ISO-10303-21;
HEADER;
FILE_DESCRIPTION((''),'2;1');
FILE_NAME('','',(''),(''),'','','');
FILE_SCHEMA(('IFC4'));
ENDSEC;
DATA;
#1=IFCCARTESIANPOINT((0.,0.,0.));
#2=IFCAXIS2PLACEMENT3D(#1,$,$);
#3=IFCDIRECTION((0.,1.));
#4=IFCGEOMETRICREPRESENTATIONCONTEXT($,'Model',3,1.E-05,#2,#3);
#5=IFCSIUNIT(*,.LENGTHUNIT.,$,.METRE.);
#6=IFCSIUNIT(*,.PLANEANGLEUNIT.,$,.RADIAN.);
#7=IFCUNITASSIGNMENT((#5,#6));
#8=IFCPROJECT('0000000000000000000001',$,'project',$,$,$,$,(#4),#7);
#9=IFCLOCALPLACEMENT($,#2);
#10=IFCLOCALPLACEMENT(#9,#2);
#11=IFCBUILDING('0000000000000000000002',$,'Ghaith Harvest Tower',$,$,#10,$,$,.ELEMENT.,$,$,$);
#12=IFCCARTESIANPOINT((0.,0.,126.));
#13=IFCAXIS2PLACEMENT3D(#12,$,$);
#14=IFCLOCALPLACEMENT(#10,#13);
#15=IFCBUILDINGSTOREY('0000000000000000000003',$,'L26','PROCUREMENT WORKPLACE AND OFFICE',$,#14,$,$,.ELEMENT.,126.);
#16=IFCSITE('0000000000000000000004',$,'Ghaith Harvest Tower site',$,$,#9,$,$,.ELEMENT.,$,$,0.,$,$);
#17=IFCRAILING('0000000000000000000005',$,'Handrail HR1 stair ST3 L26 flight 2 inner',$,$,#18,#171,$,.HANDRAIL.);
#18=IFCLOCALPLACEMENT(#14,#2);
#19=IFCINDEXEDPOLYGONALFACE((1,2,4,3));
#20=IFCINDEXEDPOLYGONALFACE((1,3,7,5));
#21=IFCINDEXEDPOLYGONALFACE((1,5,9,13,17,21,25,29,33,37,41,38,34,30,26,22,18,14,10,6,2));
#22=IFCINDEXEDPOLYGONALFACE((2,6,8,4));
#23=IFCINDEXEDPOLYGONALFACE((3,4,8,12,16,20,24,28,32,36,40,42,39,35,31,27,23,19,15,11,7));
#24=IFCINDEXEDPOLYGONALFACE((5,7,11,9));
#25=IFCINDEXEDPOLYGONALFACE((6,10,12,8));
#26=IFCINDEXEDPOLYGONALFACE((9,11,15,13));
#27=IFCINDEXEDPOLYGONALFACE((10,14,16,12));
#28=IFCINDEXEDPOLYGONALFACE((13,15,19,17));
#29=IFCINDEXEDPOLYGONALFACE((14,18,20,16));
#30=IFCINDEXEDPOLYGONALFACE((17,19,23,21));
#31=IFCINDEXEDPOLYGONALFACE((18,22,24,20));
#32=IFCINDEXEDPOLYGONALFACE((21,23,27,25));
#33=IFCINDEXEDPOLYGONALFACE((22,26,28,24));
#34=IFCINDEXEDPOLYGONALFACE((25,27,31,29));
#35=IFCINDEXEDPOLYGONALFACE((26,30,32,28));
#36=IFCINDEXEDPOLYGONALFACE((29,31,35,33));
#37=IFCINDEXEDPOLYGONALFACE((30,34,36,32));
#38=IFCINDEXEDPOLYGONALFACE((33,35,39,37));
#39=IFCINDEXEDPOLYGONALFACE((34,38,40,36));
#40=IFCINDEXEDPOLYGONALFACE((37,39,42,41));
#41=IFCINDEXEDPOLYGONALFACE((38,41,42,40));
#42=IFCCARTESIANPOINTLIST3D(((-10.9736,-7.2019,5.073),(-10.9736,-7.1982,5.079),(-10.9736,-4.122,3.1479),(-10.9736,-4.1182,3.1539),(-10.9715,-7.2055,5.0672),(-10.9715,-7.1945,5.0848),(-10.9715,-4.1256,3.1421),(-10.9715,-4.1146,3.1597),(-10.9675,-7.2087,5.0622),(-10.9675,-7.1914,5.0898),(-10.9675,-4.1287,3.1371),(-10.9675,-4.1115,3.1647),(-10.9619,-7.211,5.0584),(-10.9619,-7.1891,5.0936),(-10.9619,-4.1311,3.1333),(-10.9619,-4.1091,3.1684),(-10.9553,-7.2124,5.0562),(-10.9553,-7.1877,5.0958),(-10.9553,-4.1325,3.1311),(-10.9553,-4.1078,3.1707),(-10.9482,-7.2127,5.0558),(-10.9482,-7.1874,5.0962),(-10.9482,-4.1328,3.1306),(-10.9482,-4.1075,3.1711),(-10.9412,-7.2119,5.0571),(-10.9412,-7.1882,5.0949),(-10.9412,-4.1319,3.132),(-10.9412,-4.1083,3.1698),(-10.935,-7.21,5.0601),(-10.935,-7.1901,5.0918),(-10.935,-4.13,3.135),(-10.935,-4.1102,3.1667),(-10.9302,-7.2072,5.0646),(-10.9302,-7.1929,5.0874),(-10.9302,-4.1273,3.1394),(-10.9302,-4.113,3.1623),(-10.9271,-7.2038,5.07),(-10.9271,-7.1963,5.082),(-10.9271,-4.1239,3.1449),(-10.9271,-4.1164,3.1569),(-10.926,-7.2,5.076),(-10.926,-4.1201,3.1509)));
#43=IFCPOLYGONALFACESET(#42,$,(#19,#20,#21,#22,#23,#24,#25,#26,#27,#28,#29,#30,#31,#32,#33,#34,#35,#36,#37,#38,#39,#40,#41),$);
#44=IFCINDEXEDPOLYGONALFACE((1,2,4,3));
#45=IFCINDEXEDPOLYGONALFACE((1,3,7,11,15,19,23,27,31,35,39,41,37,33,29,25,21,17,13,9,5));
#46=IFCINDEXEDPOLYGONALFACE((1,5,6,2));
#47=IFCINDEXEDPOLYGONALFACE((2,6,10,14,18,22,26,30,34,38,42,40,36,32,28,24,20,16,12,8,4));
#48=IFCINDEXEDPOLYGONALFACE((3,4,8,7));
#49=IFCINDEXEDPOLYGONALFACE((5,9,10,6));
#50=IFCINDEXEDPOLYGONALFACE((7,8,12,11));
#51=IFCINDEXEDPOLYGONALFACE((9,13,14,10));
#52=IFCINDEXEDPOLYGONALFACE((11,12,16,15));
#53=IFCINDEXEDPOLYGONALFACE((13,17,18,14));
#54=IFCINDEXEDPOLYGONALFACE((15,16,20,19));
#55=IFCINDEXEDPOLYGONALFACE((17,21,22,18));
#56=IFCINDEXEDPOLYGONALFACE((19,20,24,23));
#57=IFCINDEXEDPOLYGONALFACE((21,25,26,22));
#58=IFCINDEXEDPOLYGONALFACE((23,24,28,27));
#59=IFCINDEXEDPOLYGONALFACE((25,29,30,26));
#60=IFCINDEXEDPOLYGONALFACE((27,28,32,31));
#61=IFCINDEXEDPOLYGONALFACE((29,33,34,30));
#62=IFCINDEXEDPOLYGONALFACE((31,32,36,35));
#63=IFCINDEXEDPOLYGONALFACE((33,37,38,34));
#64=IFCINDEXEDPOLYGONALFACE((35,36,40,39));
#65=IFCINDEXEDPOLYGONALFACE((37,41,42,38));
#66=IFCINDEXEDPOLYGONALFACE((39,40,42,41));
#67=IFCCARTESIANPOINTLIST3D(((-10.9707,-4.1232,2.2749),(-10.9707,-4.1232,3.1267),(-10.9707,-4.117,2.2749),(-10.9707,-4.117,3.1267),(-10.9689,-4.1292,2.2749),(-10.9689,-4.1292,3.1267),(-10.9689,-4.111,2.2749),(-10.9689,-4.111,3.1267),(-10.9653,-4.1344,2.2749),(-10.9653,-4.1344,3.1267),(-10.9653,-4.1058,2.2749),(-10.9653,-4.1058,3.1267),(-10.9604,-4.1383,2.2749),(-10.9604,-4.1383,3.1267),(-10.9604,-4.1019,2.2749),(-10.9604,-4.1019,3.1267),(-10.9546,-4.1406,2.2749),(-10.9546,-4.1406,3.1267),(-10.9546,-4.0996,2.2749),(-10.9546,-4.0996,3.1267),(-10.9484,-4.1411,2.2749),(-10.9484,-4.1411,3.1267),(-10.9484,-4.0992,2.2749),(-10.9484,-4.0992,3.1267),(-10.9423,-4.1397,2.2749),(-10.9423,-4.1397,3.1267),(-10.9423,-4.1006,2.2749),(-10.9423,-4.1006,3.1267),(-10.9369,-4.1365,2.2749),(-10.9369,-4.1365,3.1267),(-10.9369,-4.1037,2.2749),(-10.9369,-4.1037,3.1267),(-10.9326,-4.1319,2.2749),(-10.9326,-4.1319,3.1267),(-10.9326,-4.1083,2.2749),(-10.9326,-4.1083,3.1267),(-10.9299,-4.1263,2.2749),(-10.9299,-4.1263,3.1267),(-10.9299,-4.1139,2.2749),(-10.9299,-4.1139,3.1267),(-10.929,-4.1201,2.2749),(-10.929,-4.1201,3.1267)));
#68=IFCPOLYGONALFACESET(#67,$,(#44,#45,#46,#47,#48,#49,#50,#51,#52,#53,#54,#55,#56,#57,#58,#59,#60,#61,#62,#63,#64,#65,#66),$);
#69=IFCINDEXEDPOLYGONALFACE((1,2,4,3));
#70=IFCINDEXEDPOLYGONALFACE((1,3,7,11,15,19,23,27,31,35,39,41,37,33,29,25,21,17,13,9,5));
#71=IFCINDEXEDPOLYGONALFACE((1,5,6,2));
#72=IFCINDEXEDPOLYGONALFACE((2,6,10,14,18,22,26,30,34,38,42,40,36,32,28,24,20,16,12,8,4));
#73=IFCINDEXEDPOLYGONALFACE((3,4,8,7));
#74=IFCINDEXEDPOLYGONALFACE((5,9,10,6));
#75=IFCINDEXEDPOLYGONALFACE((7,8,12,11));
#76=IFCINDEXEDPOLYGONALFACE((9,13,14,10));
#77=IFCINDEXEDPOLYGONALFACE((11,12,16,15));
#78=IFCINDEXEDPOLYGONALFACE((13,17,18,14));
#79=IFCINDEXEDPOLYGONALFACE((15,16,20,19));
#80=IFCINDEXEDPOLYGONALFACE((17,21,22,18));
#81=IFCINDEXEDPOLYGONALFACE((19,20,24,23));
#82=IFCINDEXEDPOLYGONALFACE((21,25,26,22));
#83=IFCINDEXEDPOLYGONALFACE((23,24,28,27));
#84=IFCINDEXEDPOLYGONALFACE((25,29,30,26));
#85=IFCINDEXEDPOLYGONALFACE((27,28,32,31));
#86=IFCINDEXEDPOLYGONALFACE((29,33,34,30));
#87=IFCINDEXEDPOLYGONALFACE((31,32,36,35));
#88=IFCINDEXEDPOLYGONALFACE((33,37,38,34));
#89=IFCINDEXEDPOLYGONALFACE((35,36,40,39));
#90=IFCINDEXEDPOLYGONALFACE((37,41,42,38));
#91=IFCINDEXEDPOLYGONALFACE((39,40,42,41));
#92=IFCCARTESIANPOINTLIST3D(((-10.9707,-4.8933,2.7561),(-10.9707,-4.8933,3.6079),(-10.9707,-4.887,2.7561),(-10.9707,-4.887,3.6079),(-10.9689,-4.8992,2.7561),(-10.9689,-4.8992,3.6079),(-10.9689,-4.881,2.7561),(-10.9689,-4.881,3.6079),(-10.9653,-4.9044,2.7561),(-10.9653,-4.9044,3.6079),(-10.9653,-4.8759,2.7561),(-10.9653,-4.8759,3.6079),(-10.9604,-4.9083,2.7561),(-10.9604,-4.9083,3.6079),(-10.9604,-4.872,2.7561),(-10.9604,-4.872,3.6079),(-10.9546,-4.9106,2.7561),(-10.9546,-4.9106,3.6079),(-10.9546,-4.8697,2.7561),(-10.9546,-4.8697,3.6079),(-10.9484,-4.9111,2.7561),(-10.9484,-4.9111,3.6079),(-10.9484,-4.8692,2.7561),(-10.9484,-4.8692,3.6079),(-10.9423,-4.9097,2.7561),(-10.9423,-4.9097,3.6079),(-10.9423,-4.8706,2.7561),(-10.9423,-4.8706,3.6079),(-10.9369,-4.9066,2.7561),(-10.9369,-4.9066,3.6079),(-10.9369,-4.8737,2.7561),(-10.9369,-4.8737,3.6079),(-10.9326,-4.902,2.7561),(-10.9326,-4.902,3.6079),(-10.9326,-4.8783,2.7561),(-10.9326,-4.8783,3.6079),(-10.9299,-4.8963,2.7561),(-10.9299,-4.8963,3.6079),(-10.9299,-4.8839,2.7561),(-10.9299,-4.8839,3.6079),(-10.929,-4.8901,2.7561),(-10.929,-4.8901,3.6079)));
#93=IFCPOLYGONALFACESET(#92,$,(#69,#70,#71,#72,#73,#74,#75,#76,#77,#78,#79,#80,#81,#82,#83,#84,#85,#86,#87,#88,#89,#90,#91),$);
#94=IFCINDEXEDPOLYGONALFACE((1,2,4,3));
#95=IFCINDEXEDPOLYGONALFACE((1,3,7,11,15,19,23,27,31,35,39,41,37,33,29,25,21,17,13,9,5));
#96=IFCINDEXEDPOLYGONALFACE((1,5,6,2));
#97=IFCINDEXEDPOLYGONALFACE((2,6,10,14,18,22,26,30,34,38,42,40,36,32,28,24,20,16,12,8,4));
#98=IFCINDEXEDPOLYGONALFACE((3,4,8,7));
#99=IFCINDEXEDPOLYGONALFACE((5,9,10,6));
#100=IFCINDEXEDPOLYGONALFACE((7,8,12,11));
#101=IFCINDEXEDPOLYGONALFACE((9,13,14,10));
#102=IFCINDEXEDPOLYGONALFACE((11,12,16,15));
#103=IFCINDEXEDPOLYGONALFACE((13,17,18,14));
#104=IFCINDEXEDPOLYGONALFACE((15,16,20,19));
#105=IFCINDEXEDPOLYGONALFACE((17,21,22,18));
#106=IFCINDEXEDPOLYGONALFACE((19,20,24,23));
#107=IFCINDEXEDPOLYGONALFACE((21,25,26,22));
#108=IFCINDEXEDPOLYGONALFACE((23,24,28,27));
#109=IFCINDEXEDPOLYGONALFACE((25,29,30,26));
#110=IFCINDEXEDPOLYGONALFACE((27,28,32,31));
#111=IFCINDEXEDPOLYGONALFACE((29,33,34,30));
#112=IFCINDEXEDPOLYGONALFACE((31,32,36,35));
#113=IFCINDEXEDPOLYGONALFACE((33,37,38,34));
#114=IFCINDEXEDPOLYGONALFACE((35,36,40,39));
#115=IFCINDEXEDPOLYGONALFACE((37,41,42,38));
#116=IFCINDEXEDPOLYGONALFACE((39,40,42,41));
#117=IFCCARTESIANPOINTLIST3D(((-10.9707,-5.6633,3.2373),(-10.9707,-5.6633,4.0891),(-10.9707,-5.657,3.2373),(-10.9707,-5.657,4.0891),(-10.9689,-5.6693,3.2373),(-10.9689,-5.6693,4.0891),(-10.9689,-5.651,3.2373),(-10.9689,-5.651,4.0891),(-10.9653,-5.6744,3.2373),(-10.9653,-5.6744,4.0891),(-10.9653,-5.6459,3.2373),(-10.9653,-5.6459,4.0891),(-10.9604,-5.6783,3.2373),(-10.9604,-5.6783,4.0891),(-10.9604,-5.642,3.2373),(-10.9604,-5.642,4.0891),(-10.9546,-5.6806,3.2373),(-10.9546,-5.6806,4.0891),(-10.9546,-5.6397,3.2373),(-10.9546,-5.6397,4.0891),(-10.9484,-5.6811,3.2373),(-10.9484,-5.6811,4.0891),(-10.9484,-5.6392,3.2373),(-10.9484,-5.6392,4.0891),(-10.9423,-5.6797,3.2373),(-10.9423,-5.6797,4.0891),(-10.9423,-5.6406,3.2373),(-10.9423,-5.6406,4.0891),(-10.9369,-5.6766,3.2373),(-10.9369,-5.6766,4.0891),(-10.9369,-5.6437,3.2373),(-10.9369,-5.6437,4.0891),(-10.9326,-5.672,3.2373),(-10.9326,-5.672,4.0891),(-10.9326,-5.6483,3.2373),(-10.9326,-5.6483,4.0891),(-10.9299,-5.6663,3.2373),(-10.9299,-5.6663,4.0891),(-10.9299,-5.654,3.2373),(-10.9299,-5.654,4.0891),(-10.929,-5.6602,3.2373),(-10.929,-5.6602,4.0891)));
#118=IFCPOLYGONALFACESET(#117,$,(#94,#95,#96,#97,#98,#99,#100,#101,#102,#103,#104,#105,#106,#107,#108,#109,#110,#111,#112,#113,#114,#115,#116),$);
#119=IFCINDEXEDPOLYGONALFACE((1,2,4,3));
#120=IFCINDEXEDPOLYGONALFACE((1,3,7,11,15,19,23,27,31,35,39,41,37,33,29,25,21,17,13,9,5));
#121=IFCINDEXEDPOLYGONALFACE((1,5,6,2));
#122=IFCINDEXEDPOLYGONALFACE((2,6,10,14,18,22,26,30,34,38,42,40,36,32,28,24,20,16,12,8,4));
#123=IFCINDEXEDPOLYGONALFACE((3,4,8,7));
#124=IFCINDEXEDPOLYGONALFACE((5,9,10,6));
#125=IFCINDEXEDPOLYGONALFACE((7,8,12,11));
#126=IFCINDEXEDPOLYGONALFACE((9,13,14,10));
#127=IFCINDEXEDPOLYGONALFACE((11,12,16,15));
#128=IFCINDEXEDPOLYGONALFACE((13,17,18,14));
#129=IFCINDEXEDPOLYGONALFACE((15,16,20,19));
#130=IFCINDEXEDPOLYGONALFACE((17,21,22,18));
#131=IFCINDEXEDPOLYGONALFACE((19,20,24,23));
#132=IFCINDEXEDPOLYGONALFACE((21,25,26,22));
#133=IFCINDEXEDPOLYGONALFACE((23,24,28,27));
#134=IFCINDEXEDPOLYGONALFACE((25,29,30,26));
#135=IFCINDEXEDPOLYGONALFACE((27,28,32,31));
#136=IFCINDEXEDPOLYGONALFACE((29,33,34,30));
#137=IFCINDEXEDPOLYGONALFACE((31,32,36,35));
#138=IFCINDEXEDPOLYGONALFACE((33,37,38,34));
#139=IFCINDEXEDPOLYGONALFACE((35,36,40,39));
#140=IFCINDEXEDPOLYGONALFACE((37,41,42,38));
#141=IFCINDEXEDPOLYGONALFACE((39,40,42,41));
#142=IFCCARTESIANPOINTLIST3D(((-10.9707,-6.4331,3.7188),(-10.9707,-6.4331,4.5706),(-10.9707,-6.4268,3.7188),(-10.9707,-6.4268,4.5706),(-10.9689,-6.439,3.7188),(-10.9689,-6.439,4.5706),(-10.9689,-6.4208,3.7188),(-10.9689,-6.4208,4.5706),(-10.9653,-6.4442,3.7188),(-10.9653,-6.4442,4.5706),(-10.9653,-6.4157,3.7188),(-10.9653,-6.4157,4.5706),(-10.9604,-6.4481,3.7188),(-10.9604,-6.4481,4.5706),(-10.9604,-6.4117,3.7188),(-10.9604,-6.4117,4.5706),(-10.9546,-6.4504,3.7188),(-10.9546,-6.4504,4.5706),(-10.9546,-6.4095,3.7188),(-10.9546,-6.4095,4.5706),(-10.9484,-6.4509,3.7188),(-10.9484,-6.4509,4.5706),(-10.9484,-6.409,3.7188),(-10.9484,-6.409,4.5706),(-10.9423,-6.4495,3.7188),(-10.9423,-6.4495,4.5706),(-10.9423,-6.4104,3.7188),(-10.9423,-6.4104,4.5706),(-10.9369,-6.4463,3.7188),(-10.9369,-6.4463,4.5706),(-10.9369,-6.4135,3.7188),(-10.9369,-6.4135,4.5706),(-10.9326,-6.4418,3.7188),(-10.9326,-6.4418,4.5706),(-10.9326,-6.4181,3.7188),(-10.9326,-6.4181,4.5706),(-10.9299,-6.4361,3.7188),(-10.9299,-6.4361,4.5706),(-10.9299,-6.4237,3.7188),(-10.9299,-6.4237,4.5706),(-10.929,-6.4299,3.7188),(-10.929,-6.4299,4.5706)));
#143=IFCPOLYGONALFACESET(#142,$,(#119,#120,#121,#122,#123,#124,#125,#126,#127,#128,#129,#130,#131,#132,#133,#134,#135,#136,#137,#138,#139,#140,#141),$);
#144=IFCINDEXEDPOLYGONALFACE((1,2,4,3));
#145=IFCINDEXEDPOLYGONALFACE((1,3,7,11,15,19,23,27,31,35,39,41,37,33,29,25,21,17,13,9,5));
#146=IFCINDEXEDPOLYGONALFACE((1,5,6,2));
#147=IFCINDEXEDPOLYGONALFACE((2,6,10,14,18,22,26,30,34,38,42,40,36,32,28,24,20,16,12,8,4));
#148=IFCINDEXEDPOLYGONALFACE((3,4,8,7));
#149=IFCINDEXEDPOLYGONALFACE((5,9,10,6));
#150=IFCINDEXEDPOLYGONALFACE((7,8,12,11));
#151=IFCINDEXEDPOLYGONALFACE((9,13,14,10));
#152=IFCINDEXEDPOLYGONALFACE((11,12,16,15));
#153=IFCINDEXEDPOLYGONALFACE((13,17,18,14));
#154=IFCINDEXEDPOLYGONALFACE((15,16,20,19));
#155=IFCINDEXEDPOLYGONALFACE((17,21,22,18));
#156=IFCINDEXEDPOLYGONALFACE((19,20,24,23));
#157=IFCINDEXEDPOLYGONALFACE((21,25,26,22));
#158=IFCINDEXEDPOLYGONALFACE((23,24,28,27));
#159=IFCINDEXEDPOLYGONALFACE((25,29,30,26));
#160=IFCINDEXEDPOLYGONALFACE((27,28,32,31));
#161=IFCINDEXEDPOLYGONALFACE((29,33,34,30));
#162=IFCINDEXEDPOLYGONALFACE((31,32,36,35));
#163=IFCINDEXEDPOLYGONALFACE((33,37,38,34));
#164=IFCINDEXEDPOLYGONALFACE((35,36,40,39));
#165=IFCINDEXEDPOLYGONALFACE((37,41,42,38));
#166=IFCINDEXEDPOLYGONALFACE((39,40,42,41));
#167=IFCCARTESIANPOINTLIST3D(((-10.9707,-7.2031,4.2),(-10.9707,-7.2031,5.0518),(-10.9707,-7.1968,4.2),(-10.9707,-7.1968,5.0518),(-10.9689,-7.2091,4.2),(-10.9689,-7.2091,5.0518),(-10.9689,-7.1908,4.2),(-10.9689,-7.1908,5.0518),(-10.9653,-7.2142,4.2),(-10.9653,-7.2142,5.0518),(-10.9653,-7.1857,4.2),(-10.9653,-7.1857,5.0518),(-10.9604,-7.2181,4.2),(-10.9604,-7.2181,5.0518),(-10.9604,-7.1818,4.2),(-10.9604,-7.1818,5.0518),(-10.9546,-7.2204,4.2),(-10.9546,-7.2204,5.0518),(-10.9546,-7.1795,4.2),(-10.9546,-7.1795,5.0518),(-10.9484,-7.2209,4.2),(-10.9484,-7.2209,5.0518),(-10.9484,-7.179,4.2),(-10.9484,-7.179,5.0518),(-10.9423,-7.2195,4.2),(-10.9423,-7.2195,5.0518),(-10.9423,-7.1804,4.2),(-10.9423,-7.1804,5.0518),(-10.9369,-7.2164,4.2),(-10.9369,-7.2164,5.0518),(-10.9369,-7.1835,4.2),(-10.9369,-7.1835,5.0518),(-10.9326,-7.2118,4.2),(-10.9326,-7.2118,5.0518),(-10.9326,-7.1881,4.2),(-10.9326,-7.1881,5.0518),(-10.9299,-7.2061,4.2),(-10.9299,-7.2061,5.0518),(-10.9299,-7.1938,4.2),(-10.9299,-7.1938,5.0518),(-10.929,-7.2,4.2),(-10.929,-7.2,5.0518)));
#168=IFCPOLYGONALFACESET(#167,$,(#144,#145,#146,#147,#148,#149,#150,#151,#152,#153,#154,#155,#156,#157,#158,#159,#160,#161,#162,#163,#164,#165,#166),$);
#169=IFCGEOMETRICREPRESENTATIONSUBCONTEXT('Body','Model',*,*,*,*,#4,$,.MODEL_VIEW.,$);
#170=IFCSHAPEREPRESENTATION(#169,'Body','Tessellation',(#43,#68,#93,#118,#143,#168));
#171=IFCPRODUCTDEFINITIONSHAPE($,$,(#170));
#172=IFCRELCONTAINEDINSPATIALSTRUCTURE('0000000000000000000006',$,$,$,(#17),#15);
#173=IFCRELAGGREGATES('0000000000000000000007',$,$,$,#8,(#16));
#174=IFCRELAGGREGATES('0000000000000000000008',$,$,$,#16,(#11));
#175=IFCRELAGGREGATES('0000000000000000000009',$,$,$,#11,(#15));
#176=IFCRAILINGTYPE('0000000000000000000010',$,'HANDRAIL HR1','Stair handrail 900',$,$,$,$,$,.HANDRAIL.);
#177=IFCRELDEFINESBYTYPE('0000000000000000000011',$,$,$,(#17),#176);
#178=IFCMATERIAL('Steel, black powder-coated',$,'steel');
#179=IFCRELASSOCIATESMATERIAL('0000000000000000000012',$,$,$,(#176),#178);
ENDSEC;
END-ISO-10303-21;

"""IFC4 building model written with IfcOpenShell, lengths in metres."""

from ifc_helpers import new_model, si_unit, direction, frame, origin, origin_2d, place, context, subcontext, project, spatial, circle, extrude, material, type_object, element, save


model = new_model("IFC4")

# Units and contexts
model_context = context("Model", 3, precision=1e-05, world=origin(), true_north=direction((0.0, 1.0)))
body_context = subcontext(model_context, "Body", "Model", "MODEL_VIEW")
ifc_project = project(units=[si_unit("LENGTHUNIT", "METRE"), si_unit("PLANEANGLEUNIT", "RADIAN")], contexts=[model_context])

# Site, building, storey
site_placement = place(None, origin())
site = spatial("IfcSite", under=ifc_project, at=site_placement, Name="Ghaith Harvest Tower site", CompositionType="ELEMENT", RefElevation=0.0)
building_placement = place(site_placement, origin())
building = spatial("IfcBuilding", under=site, at=building_placement, Name="Ghaith Harvest Tower", CompositionType="ELEMENT")
storey_placement = place(building_placement, frame((0.0, 0.0, 126.0)))
storey = spatial("IfcBuildingStorey", under=building, at=storey_placement, Name="L26", Description="PROCUREMENT WORKPLACE AND OFFICE", CompositionType="ELEMENT", Elevation=126.0)

# Railing
ifc_material_1 = material(Name="Steel, black powder-coated", Category="steel")
railing_type = type_object("IfcRailingType", Name="HANDRAIL HR1", Description="Stair handrail 900", PredefinedType="HANDRAIL", material=ifc_material_1)
railing_1_placement = place(storey_placement, frame((-10.95, -4.1201, 2.2749)))
element("IfcRailing", 1, at=railing_1_placement, inside=storey, type_object=railing_type, Name="Handrail HR1 stair ST3 L26 flight 2 inner", PredefinedType="HANDRAIL", context=body_context, shape_type="SweptSolid", body=[
    extrude(circle(Radius=0.0239, at=origin_2d()), frame((0.0, 0.0, 0.876), z_axis=(0.0, -0.847979, 0.530029), x_axis=(1.0, 0.0, 0.0)), (0.0, 0.0, 1.0), 3.6321),
    extrude(circle(Radius=0.021, at=origin_2d()), origin(), (0.0, 0.0, 1.0), 0.8518),
    extrude(circle(Radius=0.021, at=origin_2d()), frame((0.0, -0.77, 0.4812)), (0.0, 0.0, 1.0), 0.8518),
    extrude(circle(Radius=0.021, at=origin_2d()), frame((0.0, -1.54, 0.9624)), (0.0, 0.0, 1.0), 0.8518),
    extrude(circle(Radius=0.021, at=origin_2d()), frame((0.0, -2.3098, 1.4438)), (0.0, 0.0, 1.0), 0.8518),
    extrude(circle(Radius=0.021, at=origin_2d()), frame((0.0, -3.0798, 1.925)), (0.0, 0.0, 1.0), 0.8518),
])

save(model, "model.ifc")
